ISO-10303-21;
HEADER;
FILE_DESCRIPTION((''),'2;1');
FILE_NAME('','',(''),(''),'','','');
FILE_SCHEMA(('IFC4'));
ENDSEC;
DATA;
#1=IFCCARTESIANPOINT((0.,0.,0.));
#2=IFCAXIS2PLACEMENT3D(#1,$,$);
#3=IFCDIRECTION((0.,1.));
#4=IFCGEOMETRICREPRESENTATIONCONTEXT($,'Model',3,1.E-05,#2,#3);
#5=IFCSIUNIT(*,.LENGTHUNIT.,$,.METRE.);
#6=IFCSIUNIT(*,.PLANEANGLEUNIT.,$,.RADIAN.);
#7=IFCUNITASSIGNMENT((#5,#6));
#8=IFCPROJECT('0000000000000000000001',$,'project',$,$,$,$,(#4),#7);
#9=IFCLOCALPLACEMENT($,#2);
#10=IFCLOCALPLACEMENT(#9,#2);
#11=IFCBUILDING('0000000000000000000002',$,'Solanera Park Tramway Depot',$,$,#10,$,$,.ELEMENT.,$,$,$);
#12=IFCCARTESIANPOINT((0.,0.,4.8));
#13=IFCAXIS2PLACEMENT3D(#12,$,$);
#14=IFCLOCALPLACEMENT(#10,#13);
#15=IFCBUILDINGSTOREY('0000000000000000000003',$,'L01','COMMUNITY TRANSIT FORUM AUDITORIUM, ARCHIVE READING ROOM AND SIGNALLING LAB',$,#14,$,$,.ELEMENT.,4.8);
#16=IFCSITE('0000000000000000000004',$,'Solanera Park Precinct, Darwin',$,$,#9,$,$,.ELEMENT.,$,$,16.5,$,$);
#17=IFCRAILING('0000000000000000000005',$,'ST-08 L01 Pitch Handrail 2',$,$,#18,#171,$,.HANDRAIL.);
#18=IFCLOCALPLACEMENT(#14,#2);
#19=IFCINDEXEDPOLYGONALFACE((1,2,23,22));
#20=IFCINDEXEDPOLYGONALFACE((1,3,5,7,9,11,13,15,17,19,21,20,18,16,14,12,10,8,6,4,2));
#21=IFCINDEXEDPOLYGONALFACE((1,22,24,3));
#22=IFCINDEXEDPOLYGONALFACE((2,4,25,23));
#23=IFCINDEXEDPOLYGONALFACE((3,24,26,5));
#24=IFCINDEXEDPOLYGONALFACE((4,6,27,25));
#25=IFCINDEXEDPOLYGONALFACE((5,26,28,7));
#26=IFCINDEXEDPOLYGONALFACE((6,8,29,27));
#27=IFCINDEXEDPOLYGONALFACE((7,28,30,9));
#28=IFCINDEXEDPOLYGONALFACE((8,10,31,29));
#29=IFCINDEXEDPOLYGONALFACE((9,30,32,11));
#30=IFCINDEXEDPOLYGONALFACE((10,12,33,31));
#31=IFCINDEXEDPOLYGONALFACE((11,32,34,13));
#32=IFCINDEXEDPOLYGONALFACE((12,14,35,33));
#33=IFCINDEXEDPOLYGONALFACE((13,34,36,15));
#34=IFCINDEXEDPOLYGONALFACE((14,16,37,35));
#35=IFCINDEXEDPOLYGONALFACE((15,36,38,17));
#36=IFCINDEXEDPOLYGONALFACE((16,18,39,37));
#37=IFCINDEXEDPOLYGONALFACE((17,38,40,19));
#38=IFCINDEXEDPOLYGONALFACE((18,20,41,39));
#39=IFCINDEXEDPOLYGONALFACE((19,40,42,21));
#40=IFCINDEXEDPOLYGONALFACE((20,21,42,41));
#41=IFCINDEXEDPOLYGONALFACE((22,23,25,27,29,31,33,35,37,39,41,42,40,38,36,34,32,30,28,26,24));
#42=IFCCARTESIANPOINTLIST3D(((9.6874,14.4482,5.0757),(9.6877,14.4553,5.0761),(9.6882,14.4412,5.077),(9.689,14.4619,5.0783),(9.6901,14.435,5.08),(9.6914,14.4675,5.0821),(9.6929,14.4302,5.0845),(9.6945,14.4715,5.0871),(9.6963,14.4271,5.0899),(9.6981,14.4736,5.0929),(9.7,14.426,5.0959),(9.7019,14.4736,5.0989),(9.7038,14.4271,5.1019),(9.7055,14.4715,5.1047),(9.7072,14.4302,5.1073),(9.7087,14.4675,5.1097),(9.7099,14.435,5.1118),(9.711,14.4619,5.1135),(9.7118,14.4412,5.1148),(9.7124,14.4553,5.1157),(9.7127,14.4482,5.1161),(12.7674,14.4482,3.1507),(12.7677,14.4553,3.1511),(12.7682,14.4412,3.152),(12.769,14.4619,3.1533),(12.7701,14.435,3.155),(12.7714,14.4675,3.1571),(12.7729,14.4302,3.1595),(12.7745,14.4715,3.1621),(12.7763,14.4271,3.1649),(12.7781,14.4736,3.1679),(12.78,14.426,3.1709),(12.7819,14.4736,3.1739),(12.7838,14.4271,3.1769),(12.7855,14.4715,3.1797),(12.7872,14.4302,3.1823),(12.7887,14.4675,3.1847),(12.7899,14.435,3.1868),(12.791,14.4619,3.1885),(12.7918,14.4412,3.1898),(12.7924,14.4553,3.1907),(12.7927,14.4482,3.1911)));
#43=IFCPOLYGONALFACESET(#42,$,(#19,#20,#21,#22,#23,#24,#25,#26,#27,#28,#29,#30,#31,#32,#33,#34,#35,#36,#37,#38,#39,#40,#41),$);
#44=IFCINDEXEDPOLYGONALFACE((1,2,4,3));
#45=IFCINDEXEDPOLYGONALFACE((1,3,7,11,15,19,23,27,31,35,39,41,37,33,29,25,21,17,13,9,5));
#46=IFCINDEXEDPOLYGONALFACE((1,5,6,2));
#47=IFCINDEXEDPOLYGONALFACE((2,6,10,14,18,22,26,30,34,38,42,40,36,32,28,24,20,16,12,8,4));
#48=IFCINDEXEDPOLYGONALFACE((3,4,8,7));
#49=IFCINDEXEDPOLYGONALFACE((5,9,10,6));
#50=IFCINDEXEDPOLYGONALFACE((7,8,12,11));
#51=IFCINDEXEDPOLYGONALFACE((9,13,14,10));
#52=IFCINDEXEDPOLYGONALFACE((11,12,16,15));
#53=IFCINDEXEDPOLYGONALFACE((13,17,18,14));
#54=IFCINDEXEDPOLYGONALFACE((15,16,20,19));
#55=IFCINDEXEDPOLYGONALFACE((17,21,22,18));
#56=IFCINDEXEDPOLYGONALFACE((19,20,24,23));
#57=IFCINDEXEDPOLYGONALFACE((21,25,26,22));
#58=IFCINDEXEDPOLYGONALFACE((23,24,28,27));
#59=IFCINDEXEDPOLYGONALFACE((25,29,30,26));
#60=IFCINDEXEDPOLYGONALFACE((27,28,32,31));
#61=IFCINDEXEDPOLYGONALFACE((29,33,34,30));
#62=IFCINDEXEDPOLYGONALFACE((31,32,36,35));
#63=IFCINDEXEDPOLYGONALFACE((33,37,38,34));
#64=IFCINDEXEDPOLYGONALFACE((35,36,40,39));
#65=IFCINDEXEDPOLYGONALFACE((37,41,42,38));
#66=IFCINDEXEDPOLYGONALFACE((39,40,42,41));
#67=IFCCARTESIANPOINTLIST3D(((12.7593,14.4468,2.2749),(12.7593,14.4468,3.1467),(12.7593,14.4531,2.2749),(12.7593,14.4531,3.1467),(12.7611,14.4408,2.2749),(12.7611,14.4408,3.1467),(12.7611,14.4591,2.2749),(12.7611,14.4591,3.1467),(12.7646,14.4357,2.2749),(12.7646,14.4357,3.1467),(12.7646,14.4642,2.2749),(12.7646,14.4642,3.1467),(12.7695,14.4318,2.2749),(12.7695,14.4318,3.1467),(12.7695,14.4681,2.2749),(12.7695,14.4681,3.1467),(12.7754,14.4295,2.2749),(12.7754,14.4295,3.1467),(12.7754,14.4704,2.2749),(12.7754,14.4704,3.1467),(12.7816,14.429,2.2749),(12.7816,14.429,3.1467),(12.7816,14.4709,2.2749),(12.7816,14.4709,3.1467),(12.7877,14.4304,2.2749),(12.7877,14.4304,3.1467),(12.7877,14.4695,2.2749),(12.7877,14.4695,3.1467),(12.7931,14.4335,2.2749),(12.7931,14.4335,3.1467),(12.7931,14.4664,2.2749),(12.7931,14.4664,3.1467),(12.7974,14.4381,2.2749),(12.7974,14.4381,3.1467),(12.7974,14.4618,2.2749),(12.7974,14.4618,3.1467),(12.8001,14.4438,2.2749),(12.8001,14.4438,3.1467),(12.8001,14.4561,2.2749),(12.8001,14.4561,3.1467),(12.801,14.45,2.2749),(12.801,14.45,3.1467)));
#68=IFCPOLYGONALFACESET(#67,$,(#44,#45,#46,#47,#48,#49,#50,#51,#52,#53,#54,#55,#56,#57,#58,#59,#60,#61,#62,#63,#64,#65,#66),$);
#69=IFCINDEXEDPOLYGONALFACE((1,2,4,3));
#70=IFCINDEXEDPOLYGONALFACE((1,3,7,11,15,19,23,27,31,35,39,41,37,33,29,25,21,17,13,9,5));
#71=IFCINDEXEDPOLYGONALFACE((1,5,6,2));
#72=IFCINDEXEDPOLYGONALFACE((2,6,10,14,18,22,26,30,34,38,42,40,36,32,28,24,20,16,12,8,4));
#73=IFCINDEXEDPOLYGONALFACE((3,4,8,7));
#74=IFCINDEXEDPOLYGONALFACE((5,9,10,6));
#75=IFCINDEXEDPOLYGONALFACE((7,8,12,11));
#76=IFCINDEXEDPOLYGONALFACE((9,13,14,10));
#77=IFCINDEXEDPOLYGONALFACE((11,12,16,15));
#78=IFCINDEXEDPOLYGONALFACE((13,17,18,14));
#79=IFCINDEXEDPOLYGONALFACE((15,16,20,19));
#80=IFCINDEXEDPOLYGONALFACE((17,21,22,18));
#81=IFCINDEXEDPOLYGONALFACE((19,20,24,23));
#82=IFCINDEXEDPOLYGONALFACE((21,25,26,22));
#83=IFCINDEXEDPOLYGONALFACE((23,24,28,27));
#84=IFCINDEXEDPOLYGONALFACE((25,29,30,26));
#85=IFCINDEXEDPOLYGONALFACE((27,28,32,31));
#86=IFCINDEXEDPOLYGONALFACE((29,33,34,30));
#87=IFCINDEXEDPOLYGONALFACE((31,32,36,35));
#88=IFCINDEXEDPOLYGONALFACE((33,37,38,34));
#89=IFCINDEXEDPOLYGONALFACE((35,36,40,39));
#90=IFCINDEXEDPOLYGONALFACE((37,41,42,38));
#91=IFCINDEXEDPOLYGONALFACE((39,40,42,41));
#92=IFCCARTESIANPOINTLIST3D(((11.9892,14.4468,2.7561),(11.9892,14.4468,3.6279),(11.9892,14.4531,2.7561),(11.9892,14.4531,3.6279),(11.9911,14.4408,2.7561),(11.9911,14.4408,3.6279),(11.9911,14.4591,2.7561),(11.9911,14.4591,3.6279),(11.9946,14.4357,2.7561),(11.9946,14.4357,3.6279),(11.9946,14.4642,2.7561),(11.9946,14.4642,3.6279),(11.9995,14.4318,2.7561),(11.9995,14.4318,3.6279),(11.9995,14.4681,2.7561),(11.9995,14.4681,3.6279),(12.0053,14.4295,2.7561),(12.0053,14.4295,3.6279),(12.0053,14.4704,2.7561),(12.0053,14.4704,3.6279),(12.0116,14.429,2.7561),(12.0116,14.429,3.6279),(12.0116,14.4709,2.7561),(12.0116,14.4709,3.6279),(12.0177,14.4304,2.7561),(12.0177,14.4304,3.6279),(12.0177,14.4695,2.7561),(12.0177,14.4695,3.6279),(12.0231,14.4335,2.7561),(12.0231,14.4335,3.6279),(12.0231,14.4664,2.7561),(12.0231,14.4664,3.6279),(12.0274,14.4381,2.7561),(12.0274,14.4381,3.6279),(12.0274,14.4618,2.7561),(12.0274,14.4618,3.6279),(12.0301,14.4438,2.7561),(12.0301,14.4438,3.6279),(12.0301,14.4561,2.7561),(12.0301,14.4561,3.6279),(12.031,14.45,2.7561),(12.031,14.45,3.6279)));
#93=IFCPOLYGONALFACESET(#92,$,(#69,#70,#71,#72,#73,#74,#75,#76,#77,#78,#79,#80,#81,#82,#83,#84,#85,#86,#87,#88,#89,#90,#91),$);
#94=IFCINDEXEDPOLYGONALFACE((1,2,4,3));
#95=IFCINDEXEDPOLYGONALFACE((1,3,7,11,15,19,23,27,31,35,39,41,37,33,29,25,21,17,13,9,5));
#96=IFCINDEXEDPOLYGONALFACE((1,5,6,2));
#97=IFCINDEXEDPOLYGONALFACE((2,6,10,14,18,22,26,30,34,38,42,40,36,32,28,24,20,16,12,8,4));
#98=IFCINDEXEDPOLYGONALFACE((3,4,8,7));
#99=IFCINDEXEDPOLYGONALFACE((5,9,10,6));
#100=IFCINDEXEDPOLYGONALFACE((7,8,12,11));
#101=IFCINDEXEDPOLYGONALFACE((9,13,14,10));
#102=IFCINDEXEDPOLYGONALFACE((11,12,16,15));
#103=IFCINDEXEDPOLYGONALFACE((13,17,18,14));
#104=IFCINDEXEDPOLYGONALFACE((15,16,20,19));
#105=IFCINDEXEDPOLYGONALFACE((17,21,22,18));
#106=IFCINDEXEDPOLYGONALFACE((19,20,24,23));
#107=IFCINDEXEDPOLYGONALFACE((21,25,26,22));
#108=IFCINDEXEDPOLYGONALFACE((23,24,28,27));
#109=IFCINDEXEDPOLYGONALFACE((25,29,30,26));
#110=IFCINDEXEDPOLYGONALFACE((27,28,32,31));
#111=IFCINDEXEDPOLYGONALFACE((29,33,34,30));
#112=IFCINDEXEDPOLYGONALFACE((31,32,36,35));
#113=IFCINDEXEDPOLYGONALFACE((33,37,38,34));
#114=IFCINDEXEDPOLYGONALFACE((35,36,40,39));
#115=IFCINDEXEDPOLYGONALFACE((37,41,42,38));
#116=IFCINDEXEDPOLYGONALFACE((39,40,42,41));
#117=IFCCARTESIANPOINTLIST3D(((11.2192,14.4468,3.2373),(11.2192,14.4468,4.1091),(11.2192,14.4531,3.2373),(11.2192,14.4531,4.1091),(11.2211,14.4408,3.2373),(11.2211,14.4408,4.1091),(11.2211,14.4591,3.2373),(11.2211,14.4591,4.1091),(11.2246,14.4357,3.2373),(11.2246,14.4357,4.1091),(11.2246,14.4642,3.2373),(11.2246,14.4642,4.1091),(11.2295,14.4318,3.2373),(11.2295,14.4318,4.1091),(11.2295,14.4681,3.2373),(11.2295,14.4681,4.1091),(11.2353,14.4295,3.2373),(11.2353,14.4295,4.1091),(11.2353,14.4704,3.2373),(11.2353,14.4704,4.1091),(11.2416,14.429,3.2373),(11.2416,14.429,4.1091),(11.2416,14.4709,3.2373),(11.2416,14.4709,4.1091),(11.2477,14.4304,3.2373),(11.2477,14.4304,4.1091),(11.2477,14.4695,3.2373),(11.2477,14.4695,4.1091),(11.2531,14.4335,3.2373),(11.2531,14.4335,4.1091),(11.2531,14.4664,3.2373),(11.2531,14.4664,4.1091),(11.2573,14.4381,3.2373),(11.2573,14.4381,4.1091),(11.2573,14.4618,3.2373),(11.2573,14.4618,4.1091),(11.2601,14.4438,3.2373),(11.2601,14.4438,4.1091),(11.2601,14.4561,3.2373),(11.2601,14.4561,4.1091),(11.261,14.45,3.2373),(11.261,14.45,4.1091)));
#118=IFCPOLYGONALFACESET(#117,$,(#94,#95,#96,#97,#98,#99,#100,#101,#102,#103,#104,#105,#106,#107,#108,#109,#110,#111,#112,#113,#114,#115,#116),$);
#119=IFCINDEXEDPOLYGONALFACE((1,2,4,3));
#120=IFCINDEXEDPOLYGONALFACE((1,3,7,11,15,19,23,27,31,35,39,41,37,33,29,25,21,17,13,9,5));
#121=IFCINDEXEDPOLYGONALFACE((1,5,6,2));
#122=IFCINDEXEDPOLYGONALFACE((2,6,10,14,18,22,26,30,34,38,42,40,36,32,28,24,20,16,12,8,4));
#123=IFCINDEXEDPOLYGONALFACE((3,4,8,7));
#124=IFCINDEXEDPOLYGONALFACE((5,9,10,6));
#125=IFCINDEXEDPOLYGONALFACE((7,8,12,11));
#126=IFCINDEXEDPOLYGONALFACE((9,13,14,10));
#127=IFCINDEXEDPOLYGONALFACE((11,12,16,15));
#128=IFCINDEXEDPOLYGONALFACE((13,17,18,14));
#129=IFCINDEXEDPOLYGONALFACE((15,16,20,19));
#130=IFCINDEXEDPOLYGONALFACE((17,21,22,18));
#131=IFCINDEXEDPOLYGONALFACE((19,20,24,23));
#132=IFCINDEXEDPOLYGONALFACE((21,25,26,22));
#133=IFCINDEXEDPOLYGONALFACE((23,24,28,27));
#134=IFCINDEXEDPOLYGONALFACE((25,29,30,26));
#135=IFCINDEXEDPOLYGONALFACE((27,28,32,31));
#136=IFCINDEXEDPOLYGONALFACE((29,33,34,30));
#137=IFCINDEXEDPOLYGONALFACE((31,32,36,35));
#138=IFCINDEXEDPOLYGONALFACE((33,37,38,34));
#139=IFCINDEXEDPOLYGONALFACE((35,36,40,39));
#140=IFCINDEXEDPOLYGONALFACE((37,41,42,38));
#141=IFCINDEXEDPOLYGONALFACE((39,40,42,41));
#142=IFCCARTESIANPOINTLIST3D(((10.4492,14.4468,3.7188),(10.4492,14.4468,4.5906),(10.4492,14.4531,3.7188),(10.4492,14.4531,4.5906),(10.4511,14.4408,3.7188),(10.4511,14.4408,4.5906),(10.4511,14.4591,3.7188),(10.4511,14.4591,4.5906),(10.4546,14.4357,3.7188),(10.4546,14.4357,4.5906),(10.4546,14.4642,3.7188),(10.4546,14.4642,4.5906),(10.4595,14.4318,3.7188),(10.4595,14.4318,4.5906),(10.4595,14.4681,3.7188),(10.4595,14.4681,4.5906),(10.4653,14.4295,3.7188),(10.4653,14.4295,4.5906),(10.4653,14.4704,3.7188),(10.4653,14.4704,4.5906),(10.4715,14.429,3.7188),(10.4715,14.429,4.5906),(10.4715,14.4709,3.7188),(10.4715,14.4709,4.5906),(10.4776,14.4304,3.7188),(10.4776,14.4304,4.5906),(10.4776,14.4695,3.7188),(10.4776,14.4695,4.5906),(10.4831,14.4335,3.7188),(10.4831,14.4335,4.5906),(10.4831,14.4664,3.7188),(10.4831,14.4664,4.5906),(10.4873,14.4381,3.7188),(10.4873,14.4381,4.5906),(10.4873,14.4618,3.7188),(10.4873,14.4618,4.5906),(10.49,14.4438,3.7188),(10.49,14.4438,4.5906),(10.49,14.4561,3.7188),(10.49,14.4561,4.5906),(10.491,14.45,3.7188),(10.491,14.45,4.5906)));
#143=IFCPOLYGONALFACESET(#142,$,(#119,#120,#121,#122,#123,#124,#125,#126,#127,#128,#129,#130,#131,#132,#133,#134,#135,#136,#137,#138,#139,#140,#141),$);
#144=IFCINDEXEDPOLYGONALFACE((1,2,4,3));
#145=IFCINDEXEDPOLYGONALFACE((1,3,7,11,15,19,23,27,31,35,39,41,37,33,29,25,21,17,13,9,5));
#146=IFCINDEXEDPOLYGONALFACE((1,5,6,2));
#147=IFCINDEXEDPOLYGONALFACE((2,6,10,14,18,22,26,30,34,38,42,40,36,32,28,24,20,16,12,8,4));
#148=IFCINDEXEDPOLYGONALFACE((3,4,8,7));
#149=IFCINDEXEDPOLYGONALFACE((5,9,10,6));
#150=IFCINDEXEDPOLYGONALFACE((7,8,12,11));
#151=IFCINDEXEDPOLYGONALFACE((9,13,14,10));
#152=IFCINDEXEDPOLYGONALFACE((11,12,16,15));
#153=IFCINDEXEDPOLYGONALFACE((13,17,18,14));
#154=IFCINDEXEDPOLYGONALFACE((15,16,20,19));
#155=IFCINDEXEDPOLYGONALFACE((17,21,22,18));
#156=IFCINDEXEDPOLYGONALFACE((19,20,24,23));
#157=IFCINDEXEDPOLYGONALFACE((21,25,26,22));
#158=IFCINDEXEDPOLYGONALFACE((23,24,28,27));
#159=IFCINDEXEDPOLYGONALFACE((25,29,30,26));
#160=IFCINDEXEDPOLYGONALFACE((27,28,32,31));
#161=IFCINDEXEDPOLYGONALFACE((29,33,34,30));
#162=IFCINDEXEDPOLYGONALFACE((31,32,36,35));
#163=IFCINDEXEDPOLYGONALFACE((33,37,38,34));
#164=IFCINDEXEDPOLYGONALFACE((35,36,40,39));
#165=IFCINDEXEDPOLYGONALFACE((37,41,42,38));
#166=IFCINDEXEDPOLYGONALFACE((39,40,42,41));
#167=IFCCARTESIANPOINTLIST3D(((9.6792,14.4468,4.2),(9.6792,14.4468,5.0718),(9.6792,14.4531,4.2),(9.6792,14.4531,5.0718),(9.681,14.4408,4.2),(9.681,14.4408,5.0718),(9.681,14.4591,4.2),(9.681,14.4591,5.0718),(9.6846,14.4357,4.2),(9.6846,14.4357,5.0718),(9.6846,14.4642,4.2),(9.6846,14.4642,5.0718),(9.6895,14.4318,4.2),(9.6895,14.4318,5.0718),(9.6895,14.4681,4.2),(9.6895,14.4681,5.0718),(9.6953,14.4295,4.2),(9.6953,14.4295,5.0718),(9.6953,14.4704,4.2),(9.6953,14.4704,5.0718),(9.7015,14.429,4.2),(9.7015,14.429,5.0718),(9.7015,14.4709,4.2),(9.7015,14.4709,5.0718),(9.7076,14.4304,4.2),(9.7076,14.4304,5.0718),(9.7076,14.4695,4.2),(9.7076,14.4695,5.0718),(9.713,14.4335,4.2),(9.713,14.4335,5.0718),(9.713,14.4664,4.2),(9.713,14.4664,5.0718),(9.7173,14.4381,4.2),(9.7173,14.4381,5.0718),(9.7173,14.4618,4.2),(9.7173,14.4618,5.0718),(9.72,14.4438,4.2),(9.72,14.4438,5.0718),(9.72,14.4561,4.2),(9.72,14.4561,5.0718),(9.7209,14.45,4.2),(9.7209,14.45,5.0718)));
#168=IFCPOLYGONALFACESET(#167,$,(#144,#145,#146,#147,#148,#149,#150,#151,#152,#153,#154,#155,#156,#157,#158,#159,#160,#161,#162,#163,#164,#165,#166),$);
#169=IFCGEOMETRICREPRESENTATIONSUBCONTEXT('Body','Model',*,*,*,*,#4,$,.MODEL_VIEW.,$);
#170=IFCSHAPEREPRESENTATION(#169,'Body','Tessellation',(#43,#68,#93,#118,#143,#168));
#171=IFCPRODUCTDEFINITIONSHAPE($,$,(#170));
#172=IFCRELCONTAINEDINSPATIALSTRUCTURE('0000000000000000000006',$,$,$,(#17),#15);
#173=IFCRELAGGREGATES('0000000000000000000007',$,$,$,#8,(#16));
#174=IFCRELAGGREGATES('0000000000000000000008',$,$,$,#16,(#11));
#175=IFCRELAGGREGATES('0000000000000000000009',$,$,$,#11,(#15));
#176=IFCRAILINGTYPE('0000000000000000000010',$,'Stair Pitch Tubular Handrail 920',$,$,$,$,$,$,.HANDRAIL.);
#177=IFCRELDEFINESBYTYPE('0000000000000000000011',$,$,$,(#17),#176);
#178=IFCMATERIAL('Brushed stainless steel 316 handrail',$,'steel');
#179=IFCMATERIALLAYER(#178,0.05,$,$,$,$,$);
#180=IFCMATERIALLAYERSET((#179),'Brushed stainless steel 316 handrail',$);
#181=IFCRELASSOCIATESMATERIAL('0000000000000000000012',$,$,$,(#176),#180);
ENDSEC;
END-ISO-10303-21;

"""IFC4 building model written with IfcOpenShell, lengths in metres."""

from ifc_helpers import new_model, si_unit, direction, frame, origin, origin_2d, place, context, subcontext, project, spatial, circle, extrude, material, layer, layer_set, type_object, element, save


model = new_model("IFC4")

# Units and contexts
model_context = context("Model", 3, precision=1e-05, world=origin(), true_north=direction((0.0, 1.0)))
body_context = subcontext(model_context, "Body", "Model", "MODEL_VIEW")
ifc_project = project(units=[si_unit("LENGTHUNIT", "METRE"), si_unit("PLANEANGLEUNIT", "RADIAN")], contexts=[model_context])

# Site, building, storey
site_placement = place(None, origin())
site = spatial("IfcSite", under=ifc_project, at=site_placement, Name="Solanera Park Precinct, Darwin", CompositionType="ELEMENT", RefElevation=16.5)
building_placement = place(site_placement, origin())
building = spatial("IfcBuilding", under=site, at=building_placement, Name="Solanera Park Tramway Depot", CompositionType="ELEMENT")
storey_placement = place(building_placement, frame((0.0, 0.0, 4.8)))
storey = spatial("IfcBuildingStorey", under=building, at=storey_placement, Name="L01", Description="COMMUNITY TRANSIT FORUM AUDITORIUM, ARCHIVE READING ROOM AND SIGNALLING LAB", CompositionType="ELEMENT", Elevation=4.8)

# Railing
ifc_material_1 = material(Name="Brushed stainless steel 316 handrail", Category="steel")
ifc_layer_1 = layer(ifc_material_1, 0.05)
ifc_layer_set_1 = layer_set([ifc_layer_1], Name="Brushed stainless steel 316 handrail")
railing_type_1 = type_object("IfcRailingType", Name="Stair Pitch Tubular Handrail 920", PredefinedType="HANDRAIL", material=ifc_layer_set_1)
railing_1_placement = place(storey_placement, frame((12.78, 14.45, 2.2749)))
element("IfcRailing", 1, at=railing_1_placement, inside=storey, type_object=railing_type_1, Name="ST-08 L01 Pitch Handrail 2", PredefinedType="HANDRAIL", context=body_context, shape_type="SweptSolid", body=[
    extrude(circle(Radius=0.0239, at=origin_2d()), frame((0.0, 0.0, 0.896), z_axis=(-0.847998, 0.0, 0.529999), x_axis=(0.0, -1.0, 0.0)), (0.0, 0.0, 1.0), 3.6321),
    extrude(circle(Radius=0.021, at=origin_2d()), origin(), (0.0, 0.0, 1.0), 0.8718),
    extrude(circle(Radius=0.021, at=origin_2d()), frame((-0.77, 0.0, 0.4812)), (0.0, 0.0, 1.0), 0.8718),
    extrude(circle(Radius=0.021, at=origin_2d()), frame((-1.54, 0.0, 0.9624)), (0.0, 0.0, 1.0), 0.8718),
    extrude(circle(Radius=0.021, at=origin_2d()), frame((-2.3101, 0.0, 1.4438)), (0.0, 0.0, 1.0), 0.8718),
    extrude(circle(Radius=0.021, at=origin_2d()), frame((-3.0801, 0.0, 1.925)), (0.0, 0.0, 1.0), 0.8718),
])

save(model, "model.ifc")
